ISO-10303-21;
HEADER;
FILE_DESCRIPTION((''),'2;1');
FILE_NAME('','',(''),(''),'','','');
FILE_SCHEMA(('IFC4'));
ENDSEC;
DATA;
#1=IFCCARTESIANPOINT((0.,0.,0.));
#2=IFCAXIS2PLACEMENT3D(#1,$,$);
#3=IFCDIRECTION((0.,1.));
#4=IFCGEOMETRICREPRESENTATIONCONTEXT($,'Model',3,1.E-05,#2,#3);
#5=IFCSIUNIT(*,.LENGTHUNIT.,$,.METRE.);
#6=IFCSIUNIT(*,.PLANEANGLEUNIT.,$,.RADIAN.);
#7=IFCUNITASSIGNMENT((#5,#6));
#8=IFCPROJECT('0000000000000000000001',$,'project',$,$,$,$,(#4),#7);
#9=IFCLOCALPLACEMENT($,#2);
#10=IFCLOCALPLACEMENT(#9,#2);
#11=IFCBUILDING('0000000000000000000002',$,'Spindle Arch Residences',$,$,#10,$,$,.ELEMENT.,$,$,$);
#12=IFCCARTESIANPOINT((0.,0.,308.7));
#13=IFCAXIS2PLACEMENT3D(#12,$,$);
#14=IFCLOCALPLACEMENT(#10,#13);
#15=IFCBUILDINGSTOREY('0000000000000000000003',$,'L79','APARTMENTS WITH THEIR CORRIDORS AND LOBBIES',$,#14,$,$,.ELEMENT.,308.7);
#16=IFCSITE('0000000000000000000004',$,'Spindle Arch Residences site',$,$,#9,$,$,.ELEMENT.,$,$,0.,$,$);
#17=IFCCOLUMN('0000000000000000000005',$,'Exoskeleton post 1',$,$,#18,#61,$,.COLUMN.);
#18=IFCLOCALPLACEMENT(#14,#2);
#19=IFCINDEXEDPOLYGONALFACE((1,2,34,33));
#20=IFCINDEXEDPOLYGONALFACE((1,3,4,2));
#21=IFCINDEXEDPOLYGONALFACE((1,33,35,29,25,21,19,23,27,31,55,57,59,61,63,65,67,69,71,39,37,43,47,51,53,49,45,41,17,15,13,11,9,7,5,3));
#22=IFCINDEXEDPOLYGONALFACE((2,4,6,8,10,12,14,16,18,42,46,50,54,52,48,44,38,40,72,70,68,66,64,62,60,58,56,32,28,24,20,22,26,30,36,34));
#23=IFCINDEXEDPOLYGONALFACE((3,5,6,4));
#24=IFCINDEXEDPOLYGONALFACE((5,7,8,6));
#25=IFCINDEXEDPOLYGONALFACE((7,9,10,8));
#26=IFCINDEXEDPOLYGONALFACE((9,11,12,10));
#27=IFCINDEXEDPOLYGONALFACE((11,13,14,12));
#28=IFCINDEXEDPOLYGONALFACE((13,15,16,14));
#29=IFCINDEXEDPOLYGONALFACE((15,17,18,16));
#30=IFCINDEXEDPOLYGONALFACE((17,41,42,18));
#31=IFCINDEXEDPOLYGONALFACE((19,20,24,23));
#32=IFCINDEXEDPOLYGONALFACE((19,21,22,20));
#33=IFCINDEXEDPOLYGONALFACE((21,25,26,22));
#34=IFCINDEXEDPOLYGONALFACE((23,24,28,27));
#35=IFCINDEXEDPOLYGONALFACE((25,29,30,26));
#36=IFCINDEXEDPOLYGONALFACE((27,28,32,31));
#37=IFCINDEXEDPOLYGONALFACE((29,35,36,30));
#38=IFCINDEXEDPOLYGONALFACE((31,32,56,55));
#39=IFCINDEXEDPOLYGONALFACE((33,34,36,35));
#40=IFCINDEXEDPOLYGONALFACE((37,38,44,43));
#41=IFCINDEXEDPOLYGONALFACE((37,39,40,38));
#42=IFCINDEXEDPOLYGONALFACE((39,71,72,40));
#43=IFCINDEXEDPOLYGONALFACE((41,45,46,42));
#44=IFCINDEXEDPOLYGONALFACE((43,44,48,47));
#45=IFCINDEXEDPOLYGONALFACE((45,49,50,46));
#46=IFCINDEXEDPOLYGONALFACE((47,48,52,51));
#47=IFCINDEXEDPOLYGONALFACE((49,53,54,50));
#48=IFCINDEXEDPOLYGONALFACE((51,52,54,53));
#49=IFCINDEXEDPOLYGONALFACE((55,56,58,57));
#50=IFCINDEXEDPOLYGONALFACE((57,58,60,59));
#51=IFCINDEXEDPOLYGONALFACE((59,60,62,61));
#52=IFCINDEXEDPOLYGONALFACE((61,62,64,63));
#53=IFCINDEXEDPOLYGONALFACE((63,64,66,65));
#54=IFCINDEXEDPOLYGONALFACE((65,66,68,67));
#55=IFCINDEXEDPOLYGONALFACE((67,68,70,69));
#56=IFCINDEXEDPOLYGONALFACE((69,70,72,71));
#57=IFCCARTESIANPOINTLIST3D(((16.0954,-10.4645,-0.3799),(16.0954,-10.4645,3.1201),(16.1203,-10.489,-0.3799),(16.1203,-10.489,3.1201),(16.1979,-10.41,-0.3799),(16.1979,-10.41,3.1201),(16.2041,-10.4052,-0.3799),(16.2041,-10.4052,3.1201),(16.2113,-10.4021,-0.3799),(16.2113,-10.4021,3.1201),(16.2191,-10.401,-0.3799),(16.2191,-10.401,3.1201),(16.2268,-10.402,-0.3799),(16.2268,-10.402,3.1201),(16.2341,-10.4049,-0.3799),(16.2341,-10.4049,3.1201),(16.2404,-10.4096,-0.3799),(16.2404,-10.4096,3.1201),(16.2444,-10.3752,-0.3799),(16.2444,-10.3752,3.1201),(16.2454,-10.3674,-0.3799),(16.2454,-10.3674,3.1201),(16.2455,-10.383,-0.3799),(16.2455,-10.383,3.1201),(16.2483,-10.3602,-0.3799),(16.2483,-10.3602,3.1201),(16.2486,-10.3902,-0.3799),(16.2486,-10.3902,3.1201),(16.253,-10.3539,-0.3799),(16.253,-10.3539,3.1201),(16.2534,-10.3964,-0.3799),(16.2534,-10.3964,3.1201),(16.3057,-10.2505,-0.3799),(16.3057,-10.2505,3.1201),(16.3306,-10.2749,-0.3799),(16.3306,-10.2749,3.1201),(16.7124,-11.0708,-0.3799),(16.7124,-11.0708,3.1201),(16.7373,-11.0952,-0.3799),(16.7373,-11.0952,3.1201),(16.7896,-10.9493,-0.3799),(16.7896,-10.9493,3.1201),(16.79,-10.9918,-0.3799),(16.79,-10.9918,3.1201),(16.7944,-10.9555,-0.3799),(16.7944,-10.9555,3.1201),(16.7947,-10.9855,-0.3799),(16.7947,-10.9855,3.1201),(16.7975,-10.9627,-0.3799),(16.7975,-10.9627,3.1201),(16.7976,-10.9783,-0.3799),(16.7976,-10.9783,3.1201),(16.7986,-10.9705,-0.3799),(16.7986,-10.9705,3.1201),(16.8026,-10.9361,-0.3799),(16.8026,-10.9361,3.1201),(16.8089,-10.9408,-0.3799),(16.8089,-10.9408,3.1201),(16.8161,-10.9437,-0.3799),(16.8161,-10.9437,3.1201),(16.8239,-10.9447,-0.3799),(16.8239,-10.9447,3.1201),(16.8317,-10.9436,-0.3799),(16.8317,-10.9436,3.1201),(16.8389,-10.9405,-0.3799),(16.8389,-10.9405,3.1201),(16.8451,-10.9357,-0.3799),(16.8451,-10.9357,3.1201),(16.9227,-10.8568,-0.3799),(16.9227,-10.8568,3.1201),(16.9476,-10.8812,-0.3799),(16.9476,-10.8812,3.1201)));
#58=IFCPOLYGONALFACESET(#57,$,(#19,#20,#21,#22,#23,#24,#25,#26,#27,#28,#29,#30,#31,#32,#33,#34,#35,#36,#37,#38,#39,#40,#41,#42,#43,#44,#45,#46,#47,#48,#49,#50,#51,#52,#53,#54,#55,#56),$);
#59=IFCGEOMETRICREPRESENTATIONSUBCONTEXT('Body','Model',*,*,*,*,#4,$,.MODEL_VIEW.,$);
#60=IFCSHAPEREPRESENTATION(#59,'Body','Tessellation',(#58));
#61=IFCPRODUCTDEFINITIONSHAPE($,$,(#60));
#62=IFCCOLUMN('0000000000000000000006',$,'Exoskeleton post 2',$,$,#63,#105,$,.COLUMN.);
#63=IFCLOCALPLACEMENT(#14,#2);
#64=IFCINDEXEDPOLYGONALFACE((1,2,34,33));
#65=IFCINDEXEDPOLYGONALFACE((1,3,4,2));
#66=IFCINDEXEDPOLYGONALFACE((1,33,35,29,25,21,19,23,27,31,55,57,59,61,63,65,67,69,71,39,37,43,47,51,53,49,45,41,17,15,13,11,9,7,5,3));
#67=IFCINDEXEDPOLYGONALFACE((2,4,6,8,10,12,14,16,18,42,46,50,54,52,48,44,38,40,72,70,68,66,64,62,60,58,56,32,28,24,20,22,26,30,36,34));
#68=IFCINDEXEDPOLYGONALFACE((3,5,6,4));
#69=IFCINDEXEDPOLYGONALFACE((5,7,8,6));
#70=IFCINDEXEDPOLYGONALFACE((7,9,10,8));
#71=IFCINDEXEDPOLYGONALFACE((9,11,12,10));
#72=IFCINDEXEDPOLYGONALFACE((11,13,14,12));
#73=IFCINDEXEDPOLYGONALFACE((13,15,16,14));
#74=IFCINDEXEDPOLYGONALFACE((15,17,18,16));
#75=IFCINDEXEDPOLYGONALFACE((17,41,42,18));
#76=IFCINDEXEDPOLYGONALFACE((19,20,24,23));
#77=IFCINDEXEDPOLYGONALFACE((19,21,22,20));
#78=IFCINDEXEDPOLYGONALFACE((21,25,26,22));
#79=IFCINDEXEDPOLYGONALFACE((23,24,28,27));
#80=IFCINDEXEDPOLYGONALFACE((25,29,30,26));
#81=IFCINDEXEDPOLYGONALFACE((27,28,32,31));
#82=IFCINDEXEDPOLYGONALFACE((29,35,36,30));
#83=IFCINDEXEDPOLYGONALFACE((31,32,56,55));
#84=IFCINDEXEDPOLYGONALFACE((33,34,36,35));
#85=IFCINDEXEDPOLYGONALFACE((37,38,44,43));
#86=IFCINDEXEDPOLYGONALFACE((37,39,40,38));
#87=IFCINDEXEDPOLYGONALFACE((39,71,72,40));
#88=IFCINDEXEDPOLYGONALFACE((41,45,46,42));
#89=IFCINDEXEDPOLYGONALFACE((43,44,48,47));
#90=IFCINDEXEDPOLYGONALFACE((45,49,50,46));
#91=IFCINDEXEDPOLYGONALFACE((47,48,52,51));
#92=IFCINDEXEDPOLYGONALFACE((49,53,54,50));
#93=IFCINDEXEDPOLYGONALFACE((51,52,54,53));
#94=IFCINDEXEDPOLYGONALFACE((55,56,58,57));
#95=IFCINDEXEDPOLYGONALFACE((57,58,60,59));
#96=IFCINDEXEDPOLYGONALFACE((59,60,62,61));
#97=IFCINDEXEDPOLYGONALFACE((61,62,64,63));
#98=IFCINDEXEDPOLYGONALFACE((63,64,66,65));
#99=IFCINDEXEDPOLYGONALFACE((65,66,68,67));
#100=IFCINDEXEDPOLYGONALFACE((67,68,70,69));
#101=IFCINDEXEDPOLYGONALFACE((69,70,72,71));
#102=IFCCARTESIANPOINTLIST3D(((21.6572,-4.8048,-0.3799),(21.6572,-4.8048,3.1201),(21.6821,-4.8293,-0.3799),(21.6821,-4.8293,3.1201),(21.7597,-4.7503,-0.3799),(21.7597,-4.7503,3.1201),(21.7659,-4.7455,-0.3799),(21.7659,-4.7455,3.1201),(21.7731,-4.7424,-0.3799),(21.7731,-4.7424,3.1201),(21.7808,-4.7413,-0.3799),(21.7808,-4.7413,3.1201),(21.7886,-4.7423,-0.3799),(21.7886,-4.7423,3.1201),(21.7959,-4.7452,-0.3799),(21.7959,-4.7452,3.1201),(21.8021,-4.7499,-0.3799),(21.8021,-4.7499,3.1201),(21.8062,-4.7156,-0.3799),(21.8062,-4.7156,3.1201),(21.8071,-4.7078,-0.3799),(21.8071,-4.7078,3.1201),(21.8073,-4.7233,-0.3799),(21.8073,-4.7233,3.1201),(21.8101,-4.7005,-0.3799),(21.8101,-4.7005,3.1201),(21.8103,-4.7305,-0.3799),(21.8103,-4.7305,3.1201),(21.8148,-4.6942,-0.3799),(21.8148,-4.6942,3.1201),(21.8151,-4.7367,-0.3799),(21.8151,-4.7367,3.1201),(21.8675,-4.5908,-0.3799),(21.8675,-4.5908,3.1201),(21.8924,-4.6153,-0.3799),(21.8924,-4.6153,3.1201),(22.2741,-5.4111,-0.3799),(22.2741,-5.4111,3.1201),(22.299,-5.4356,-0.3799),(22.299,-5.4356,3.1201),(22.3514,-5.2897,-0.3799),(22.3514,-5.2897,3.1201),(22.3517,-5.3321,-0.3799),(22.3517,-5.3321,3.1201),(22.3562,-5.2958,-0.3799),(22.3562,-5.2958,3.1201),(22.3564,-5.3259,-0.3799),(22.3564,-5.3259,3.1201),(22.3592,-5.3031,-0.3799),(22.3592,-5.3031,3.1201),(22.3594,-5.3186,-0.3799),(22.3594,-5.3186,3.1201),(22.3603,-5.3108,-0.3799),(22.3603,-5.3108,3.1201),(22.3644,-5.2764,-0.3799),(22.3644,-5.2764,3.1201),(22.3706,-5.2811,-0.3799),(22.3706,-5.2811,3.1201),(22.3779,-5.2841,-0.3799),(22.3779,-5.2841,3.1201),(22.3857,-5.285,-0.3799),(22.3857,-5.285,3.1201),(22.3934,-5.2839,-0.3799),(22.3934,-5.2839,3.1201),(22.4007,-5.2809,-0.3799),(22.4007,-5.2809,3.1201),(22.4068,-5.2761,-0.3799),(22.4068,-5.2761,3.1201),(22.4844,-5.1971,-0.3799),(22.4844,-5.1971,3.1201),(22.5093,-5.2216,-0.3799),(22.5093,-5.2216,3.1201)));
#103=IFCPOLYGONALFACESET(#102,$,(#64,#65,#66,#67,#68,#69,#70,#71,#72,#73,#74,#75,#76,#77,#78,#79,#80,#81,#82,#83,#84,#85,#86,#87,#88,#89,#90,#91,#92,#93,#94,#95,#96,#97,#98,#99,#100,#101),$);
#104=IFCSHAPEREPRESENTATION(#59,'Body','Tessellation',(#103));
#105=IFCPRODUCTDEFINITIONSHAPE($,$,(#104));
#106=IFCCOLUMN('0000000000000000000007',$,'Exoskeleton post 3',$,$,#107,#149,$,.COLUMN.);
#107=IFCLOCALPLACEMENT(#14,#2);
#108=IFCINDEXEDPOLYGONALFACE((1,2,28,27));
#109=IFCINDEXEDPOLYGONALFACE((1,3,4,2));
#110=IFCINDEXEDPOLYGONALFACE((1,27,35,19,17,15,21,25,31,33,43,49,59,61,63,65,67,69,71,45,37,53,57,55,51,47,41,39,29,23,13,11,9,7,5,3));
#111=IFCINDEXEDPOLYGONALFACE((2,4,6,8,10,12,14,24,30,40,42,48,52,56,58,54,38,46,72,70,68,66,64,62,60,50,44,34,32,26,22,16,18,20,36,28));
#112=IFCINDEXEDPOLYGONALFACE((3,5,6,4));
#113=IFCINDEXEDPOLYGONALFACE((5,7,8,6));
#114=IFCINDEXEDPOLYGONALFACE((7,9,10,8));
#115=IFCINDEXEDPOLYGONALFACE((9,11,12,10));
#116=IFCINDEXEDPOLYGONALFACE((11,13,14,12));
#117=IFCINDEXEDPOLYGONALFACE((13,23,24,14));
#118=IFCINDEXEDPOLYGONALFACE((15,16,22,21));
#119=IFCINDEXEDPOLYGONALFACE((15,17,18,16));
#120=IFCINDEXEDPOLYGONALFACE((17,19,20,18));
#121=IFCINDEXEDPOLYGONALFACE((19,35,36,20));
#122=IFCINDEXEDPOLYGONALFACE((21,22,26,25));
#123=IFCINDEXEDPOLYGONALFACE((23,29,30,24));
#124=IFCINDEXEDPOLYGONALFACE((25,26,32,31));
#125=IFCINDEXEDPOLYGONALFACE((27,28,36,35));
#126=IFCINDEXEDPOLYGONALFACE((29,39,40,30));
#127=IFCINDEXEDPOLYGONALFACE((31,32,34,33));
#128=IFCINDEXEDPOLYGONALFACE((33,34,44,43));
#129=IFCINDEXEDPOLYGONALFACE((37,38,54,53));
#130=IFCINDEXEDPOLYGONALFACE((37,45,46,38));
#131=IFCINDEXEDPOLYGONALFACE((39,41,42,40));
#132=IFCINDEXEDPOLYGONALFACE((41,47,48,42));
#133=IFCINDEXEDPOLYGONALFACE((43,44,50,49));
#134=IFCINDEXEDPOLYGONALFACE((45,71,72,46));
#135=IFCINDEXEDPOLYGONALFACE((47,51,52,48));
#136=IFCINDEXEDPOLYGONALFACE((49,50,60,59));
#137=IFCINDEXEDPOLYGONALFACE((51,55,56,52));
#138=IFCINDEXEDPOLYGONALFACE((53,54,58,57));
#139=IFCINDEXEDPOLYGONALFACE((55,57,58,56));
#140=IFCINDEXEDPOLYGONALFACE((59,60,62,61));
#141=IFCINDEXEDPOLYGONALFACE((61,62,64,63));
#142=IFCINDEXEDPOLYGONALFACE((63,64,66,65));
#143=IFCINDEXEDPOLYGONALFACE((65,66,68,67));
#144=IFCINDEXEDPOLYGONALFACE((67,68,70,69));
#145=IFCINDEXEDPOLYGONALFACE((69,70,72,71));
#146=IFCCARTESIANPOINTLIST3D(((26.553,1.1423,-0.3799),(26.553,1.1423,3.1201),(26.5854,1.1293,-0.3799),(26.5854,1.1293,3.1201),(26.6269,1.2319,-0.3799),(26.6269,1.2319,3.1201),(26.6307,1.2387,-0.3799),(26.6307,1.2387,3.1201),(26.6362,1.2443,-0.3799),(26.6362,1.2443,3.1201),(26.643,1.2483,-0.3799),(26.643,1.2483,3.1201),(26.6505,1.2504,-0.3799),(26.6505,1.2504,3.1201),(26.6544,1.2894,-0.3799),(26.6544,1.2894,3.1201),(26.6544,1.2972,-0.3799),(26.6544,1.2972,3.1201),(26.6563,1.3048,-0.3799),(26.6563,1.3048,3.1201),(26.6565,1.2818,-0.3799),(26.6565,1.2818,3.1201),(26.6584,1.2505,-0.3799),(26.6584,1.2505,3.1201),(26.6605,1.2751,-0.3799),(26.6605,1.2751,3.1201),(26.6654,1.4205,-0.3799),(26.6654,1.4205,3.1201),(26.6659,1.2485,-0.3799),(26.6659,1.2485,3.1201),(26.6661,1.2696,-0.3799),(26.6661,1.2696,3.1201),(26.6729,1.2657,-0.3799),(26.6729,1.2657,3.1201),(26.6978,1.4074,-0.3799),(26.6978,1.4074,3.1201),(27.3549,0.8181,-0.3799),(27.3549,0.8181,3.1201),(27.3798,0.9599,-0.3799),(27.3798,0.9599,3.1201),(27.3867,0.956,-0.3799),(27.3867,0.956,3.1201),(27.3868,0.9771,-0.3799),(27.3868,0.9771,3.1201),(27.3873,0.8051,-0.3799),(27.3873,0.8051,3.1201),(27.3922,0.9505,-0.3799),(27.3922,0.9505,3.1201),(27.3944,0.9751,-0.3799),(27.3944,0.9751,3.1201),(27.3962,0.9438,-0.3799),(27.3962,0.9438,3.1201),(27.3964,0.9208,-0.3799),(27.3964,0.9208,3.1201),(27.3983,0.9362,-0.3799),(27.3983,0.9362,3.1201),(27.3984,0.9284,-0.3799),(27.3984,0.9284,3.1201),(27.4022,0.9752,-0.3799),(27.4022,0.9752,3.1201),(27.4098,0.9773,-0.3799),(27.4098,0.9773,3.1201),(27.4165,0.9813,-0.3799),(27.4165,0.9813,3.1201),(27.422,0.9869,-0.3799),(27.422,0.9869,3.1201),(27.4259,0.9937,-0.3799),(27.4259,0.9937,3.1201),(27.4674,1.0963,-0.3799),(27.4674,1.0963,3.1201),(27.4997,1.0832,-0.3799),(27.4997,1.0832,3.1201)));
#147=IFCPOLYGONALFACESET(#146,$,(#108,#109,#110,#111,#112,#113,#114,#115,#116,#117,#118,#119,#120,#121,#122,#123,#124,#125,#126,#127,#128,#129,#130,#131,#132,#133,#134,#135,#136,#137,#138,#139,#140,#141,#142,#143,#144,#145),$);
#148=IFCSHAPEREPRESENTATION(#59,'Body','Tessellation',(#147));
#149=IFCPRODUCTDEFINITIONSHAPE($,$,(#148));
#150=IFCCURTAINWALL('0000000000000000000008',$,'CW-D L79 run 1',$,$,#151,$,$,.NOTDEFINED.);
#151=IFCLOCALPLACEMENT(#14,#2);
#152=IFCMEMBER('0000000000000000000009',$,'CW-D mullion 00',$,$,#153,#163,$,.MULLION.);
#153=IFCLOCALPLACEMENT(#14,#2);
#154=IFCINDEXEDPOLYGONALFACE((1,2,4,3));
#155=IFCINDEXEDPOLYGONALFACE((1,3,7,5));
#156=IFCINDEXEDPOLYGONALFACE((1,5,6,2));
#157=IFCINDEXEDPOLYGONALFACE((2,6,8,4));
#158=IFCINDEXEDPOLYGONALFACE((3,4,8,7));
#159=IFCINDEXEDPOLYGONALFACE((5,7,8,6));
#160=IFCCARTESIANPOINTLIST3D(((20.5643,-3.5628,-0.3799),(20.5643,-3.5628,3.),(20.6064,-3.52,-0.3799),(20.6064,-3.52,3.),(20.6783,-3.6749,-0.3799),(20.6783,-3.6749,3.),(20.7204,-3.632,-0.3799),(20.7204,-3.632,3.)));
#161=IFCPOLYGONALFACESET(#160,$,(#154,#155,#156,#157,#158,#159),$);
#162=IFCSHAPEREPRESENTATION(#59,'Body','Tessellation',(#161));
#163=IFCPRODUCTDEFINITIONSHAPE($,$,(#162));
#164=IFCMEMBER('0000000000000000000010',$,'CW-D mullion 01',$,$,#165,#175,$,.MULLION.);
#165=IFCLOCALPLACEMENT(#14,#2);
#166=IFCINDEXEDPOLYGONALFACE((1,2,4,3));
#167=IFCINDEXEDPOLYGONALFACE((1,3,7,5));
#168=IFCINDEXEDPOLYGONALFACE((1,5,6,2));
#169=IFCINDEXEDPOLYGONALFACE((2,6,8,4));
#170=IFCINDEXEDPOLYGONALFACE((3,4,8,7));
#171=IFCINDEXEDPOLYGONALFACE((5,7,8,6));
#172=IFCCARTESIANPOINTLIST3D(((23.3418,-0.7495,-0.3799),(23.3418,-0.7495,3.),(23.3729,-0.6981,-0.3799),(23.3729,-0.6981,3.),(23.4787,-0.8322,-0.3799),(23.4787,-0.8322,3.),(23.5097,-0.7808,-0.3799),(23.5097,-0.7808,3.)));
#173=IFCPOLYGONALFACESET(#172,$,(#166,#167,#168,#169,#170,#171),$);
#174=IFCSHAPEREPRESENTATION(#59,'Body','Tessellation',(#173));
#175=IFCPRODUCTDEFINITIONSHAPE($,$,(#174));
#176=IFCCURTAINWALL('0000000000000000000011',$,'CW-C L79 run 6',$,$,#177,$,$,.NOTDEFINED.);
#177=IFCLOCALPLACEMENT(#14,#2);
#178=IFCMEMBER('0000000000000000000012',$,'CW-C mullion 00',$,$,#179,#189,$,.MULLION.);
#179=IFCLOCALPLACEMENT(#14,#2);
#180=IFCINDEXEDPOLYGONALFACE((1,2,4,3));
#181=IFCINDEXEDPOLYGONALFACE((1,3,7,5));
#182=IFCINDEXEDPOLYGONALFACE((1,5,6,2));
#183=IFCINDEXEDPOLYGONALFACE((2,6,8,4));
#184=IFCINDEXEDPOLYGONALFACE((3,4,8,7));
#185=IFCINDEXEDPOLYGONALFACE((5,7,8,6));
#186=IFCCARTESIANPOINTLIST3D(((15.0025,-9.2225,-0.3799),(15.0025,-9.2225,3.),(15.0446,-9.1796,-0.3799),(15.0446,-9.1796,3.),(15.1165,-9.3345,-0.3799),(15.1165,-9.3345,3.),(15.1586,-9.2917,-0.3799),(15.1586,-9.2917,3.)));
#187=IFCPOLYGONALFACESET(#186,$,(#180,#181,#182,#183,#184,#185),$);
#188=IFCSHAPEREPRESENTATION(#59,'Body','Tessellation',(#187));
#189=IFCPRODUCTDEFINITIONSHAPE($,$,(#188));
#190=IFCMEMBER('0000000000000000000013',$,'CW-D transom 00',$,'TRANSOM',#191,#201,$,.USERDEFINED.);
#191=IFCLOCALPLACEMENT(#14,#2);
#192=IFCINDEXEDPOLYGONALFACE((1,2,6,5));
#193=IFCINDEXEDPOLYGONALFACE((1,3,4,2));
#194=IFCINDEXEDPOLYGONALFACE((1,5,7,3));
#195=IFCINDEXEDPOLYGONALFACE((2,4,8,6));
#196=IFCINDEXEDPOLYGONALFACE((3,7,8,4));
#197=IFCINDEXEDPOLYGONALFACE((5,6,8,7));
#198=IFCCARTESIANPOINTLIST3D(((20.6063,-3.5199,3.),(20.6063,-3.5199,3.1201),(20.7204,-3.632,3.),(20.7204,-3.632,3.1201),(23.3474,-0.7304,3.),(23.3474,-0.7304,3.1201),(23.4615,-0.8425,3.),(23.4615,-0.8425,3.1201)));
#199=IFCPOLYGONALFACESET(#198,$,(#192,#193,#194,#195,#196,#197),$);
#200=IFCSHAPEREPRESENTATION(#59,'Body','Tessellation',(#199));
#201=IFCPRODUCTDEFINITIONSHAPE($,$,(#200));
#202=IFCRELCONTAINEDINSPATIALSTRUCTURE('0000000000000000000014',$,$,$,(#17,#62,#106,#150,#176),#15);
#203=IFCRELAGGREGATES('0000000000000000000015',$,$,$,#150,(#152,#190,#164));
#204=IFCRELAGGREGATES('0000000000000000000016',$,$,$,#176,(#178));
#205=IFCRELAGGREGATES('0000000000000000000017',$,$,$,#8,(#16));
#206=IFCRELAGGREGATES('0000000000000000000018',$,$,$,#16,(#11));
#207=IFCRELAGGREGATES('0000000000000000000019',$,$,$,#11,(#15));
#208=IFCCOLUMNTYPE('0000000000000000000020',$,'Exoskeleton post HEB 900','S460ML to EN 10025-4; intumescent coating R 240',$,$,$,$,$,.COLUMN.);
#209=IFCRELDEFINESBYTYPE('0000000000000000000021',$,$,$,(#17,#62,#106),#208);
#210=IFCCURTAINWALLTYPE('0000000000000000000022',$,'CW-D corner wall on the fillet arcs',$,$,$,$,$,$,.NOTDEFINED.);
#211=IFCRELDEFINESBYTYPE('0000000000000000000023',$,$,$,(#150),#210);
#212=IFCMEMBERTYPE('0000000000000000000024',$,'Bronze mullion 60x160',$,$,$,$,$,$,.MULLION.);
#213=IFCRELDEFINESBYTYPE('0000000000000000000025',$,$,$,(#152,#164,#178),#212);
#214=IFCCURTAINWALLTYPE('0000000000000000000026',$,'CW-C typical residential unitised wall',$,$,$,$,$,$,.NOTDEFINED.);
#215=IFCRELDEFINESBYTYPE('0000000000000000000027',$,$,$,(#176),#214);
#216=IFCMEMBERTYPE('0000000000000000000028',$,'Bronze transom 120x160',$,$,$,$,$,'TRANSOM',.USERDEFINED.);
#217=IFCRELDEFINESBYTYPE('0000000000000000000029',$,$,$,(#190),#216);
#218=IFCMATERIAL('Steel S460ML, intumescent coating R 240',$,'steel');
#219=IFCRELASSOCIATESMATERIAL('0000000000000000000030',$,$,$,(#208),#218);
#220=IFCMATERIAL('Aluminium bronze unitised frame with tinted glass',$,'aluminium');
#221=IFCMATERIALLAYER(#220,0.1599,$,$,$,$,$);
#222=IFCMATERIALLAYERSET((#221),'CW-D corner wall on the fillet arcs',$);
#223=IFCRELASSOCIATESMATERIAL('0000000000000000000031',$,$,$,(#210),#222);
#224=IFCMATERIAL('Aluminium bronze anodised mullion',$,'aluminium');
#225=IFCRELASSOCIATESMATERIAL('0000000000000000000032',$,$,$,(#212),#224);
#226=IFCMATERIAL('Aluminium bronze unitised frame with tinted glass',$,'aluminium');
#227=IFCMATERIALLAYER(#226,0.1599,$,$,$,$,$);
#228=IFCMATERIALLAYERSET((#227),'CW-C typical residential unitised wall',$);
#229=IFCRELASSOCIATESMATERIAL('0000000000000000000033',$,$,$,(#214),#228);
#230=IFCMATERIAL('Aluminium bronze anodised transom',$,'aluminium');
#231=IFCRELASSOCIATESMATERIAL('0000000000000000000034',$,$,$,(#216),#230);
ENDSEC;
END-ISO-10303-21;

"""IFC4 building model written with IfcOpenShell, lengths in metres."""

from ifc_helpers import new_model, si_unit, direction, frame, origin, origin_2d, place, context, subcontext, project, spatial, rectangle, i_section, extrude, material, layer, layer_set, material_profile, profile_set, type_object, element, aggregate, save


model = new_model("IFC4")

# Units and contexts
model_context = context("Model", 3, precision=1e-05, world=origin(), true_north=direction((0.0, 1.0)))
body_context = subcontext(model_context, "Body", "Model", "MODEL_VIEW")
ifc_project = project(units=[si_unit("LENGTHUNIT", "METRE"), si_unit("PLANEANGLEUNIT", "RADIAN")], contexts=[model_context])

# Site, building, storey
site_placement = place(None, origin())
site = spatial("IfcSite", under=ifc_project, at=site_placement, Name="Spindle Arch Residences site", CompositionType="ELEMENT", RefElevation=0.0)
building_placement = place(site_placement, origin())
building = spatial("IfcBuilding", under=site, at=building_placement, Name="Spindle Arch Residences", CompositionType="ELEMENT")
storey_placement = place(building_placement, frame((0.0, 0.0, 308.7)))
storey = spatial("IfcBuildingStorey", under=building, at=storey_placement, Name="L79", Description="APARTMENTS WITH THEIR CORRIDORS AND LOBBIES", CompositionType="ELEMENT", Elevation=308.7)

# Columns
ifc_material_1 = material(Name="Steel S460ML, intumescent coating R 240", Category="steel")
ifc_material_profile_1 = material_profile(ifc_material_1, i_section(OverallWidth=0.3, OverallDepth=0.8999, WebThickness=0.0186, FlangeThickness=0.0349, FilletRadius=0.03, at=origin_2d()), Name="HEB 900")
ifc_profile_set_1 = profile_set([ifc_material_profile_1], Name="Steel S460ML, intumescent coating R 240")
column_type = type_object("IfcColumnType", Name="Exoskeleton post HEB 900", Description="S460ML to EN 10025-4; intumescent coating R 240", PredefinedType="COLUMN", material=ifc_profile_set_1)
for number, where, z_axis, x_axis, name in (
    (1, (16.5215, -10.6729, -0.3799), (0.0, 0.0, 1.0), (-0.700909, -0.71325, 0.0), "Exoskeleton post 1"),
    (2, (22.0833, -5.0132, -0.3799), (0.0, 0.0, 1.0), (-0.700909, -0.71325, 0.0), "Exoskeleton post 2"),
    (3, (27.0264, 1.1128, -0.3799), (0.0, 0.0, 1.0), (-0.374803, -0.927105, 0.0), "Exoskeleton post 3"),
):
    element("IfcColumn", number, at=place(storey_placement, frame(where, z_axis=z_axis, x_axis=x_axis)), inside=storey, type_object=column_type, Name=name, PredefinedType="COLUMN", context=body_context, shape_type="SweptSolid", body=[
        extrude(i_section(OverallWidth=0.3, OverallDepth=0.8999, WebThickness=0.0186, FlangeThickness=0.0349, FilletRadius=0.03, at=origin_2d()), origin(), (0.0, 0.0, 1.0), 3.5),
    ])

# Curtain wall, members
ifc_material_2 = material(Name="Aluminium bronze unitised frame with tinted glass", Category="aluminium")
ifc_layer_1 = layer(ifc_material_2, 0.1599)
ifc_layer_set_1 = layer_set([ifc_layer_1], Name="CW-D corner wall on the fillet arcs")
curtain_wall_type_1 = type_object("IfcCurtainWallType", Name="CW-D corner wall on the fillet arcs", PredefinedType="NOTDEFINED", material=ifc_layer_set_1)
curtain_wall_1_placement = place(storey_placement, origin())
curtain_wall_1 = element("IfcCurtainWall", 4, at=curtain_wall_1_placement, inside=storey, type_object=curtain_wall_type_1, Name="CW-D L79 run 1", PredefinedType="NOTDEFINED")
ifc_material_3 = material(Name="Aluminium bronze anodised mullion", Category="aluminium")
ifc_material_profile_2 = material_profile(ifc_material_3, rectangle(XDim=0.1599, YDim=0.0601, at=origin_2d()), Name="MU 60x160")
ifc_profile_set_2 = profile_set([ifc_material_profile_2], Name="Aluminium bronze anodised mullion")
member_type_1 = type_object("IfcMemberType", Name="Bronze mullion 60x160", PredefinedType="MULLION", material=ifc_profile_set_2)
member_1_placement = place(storey_placement, frame((20.6423, -3.5974, -0.3799), z_axis=(0.0, 0.0, 1.0), x_axis=(-0.71325, 0.700909, 0.0)))
member_1 = element("IfcMember", 5, at=member_1_placement, type_object=member_type_1, Name="CW-D mullion 00", PredefinedType="MULLION", context=body_context, shape_type="SweptSolid", body=[
    extrude(rectangle(XDim=0.1599, YDim=0.0601, at=origin_2d()), origin(), (0.0, 0.0, 1.0), 3.3799),
])
member_2_placement = place(storey_placement, frame((23.4258, -0.7651, -0.3799), z_axis=(0.0, 0.0, 1.0), x_axis=(-0.855665, 0.517529, 0.0)))
member_2 = element("IfcMember", 6, at=member_2_placement, type_object=member_type_1, Name="CW-D mullion 01", PredefinedType="MULLION", context=body_context, shape_type="SweptSolid", body=[
    extrude(rectangle(XDim=0.1599, YDim=0.0601, at=origin_2d()), origin(), (0.0, 0.0, 1.0), 3.3799),
])

# Curtain wall, member
ifc_material_4 = material(Name="Aluminium bronze unitised frame with tinted glass", Category="aluminium")
ifc_layer_2 = layer(ifc_material_4, 0.1599)
ifc_layer_set_2 = layer_set([ifc_layer_2], Name="CW-C typical residential unitised wall")
curtain_wall_type_2 = type_object("IfcCurtainWallType", Name="CW-C typical residential unitised wall", PredefinedType="NOTDEFINED", material=ifc_layer_set_2)
curtain_wall_2_placement = place(storey_placement, origin())
curtain_wall_2 = element("IfcCurtainWall", 7, at=curtain_wall_2_placement, inside=storey, type_object=curtain_wall_type_2, Name="CW-C L79 run 6", PredefinedType="NOTDEFINED")
member_3_placement = place(storey_placement, frame((15.0806, -9.2571, -0.3799), z_axis=(0.0, 0.0, 1.0), x_axis=(-0.71325, 0.700909, 0.0)))
member_3 = element("IfcMember", 8, at=member_3_placement, type_object=member_type_1, Name="CW-C mullion 00", PredefinedType="MULLION", context=body_context, shape_type="SweptSolid", body=[
    extrude(rectangle(XDim=0.1599, YDim=0.0601, at=origin_2d()), origin(), (0.0, 0.0, 1.0), 3.3799),
])

# Member
ifc_material_5 = material(Name="Aluminium bronze anodised transom", Category="aluminium")
ifc_material_profile_3 = material_profile(ifc_material_5, rectangle(XDim=0.1599, YDim=0.1201, at=origin_2d()), Name="TR 120x160")
ifc_profile_set_3 = profile_set([ifc_material_profile_3], Name="Aluminium bronze anodised transom")
member_type_2 = type_object("IfcMemberType", Name="Bronze transom 120x160", ElementType="TRANSOM", PredefinedType="USERDEFINED", material=ifc_profile_set_3)
member_4_placement = place(storey_placement, frame((20.6633, -3.5759, 3.0601), z_axis=(0.7009, 0.71326, 0.0), x_axis=(-0.71326, 0.7009, 0.0)))
member_4 = element("IfcMember", 9, at=member_4_placement, type_object=member_type_2, Name="CW-D transom 00", ObjectType="TRANSOM", PredefinedType="USERDEFINED", context=body_context, shape_type="SweptSolid", body=[
    extrude(rectangle(XDim=0.1599, YDim=0.1201, at=origin_2d()), origin(), (0.0, 0.0, 1.0), 3.9109),
])

aggregate(curtain_wall_1, [member_1, member_4, member_2])
aggregate(curtain_wall_2, [member_3])

save(model, "model.ifc")
